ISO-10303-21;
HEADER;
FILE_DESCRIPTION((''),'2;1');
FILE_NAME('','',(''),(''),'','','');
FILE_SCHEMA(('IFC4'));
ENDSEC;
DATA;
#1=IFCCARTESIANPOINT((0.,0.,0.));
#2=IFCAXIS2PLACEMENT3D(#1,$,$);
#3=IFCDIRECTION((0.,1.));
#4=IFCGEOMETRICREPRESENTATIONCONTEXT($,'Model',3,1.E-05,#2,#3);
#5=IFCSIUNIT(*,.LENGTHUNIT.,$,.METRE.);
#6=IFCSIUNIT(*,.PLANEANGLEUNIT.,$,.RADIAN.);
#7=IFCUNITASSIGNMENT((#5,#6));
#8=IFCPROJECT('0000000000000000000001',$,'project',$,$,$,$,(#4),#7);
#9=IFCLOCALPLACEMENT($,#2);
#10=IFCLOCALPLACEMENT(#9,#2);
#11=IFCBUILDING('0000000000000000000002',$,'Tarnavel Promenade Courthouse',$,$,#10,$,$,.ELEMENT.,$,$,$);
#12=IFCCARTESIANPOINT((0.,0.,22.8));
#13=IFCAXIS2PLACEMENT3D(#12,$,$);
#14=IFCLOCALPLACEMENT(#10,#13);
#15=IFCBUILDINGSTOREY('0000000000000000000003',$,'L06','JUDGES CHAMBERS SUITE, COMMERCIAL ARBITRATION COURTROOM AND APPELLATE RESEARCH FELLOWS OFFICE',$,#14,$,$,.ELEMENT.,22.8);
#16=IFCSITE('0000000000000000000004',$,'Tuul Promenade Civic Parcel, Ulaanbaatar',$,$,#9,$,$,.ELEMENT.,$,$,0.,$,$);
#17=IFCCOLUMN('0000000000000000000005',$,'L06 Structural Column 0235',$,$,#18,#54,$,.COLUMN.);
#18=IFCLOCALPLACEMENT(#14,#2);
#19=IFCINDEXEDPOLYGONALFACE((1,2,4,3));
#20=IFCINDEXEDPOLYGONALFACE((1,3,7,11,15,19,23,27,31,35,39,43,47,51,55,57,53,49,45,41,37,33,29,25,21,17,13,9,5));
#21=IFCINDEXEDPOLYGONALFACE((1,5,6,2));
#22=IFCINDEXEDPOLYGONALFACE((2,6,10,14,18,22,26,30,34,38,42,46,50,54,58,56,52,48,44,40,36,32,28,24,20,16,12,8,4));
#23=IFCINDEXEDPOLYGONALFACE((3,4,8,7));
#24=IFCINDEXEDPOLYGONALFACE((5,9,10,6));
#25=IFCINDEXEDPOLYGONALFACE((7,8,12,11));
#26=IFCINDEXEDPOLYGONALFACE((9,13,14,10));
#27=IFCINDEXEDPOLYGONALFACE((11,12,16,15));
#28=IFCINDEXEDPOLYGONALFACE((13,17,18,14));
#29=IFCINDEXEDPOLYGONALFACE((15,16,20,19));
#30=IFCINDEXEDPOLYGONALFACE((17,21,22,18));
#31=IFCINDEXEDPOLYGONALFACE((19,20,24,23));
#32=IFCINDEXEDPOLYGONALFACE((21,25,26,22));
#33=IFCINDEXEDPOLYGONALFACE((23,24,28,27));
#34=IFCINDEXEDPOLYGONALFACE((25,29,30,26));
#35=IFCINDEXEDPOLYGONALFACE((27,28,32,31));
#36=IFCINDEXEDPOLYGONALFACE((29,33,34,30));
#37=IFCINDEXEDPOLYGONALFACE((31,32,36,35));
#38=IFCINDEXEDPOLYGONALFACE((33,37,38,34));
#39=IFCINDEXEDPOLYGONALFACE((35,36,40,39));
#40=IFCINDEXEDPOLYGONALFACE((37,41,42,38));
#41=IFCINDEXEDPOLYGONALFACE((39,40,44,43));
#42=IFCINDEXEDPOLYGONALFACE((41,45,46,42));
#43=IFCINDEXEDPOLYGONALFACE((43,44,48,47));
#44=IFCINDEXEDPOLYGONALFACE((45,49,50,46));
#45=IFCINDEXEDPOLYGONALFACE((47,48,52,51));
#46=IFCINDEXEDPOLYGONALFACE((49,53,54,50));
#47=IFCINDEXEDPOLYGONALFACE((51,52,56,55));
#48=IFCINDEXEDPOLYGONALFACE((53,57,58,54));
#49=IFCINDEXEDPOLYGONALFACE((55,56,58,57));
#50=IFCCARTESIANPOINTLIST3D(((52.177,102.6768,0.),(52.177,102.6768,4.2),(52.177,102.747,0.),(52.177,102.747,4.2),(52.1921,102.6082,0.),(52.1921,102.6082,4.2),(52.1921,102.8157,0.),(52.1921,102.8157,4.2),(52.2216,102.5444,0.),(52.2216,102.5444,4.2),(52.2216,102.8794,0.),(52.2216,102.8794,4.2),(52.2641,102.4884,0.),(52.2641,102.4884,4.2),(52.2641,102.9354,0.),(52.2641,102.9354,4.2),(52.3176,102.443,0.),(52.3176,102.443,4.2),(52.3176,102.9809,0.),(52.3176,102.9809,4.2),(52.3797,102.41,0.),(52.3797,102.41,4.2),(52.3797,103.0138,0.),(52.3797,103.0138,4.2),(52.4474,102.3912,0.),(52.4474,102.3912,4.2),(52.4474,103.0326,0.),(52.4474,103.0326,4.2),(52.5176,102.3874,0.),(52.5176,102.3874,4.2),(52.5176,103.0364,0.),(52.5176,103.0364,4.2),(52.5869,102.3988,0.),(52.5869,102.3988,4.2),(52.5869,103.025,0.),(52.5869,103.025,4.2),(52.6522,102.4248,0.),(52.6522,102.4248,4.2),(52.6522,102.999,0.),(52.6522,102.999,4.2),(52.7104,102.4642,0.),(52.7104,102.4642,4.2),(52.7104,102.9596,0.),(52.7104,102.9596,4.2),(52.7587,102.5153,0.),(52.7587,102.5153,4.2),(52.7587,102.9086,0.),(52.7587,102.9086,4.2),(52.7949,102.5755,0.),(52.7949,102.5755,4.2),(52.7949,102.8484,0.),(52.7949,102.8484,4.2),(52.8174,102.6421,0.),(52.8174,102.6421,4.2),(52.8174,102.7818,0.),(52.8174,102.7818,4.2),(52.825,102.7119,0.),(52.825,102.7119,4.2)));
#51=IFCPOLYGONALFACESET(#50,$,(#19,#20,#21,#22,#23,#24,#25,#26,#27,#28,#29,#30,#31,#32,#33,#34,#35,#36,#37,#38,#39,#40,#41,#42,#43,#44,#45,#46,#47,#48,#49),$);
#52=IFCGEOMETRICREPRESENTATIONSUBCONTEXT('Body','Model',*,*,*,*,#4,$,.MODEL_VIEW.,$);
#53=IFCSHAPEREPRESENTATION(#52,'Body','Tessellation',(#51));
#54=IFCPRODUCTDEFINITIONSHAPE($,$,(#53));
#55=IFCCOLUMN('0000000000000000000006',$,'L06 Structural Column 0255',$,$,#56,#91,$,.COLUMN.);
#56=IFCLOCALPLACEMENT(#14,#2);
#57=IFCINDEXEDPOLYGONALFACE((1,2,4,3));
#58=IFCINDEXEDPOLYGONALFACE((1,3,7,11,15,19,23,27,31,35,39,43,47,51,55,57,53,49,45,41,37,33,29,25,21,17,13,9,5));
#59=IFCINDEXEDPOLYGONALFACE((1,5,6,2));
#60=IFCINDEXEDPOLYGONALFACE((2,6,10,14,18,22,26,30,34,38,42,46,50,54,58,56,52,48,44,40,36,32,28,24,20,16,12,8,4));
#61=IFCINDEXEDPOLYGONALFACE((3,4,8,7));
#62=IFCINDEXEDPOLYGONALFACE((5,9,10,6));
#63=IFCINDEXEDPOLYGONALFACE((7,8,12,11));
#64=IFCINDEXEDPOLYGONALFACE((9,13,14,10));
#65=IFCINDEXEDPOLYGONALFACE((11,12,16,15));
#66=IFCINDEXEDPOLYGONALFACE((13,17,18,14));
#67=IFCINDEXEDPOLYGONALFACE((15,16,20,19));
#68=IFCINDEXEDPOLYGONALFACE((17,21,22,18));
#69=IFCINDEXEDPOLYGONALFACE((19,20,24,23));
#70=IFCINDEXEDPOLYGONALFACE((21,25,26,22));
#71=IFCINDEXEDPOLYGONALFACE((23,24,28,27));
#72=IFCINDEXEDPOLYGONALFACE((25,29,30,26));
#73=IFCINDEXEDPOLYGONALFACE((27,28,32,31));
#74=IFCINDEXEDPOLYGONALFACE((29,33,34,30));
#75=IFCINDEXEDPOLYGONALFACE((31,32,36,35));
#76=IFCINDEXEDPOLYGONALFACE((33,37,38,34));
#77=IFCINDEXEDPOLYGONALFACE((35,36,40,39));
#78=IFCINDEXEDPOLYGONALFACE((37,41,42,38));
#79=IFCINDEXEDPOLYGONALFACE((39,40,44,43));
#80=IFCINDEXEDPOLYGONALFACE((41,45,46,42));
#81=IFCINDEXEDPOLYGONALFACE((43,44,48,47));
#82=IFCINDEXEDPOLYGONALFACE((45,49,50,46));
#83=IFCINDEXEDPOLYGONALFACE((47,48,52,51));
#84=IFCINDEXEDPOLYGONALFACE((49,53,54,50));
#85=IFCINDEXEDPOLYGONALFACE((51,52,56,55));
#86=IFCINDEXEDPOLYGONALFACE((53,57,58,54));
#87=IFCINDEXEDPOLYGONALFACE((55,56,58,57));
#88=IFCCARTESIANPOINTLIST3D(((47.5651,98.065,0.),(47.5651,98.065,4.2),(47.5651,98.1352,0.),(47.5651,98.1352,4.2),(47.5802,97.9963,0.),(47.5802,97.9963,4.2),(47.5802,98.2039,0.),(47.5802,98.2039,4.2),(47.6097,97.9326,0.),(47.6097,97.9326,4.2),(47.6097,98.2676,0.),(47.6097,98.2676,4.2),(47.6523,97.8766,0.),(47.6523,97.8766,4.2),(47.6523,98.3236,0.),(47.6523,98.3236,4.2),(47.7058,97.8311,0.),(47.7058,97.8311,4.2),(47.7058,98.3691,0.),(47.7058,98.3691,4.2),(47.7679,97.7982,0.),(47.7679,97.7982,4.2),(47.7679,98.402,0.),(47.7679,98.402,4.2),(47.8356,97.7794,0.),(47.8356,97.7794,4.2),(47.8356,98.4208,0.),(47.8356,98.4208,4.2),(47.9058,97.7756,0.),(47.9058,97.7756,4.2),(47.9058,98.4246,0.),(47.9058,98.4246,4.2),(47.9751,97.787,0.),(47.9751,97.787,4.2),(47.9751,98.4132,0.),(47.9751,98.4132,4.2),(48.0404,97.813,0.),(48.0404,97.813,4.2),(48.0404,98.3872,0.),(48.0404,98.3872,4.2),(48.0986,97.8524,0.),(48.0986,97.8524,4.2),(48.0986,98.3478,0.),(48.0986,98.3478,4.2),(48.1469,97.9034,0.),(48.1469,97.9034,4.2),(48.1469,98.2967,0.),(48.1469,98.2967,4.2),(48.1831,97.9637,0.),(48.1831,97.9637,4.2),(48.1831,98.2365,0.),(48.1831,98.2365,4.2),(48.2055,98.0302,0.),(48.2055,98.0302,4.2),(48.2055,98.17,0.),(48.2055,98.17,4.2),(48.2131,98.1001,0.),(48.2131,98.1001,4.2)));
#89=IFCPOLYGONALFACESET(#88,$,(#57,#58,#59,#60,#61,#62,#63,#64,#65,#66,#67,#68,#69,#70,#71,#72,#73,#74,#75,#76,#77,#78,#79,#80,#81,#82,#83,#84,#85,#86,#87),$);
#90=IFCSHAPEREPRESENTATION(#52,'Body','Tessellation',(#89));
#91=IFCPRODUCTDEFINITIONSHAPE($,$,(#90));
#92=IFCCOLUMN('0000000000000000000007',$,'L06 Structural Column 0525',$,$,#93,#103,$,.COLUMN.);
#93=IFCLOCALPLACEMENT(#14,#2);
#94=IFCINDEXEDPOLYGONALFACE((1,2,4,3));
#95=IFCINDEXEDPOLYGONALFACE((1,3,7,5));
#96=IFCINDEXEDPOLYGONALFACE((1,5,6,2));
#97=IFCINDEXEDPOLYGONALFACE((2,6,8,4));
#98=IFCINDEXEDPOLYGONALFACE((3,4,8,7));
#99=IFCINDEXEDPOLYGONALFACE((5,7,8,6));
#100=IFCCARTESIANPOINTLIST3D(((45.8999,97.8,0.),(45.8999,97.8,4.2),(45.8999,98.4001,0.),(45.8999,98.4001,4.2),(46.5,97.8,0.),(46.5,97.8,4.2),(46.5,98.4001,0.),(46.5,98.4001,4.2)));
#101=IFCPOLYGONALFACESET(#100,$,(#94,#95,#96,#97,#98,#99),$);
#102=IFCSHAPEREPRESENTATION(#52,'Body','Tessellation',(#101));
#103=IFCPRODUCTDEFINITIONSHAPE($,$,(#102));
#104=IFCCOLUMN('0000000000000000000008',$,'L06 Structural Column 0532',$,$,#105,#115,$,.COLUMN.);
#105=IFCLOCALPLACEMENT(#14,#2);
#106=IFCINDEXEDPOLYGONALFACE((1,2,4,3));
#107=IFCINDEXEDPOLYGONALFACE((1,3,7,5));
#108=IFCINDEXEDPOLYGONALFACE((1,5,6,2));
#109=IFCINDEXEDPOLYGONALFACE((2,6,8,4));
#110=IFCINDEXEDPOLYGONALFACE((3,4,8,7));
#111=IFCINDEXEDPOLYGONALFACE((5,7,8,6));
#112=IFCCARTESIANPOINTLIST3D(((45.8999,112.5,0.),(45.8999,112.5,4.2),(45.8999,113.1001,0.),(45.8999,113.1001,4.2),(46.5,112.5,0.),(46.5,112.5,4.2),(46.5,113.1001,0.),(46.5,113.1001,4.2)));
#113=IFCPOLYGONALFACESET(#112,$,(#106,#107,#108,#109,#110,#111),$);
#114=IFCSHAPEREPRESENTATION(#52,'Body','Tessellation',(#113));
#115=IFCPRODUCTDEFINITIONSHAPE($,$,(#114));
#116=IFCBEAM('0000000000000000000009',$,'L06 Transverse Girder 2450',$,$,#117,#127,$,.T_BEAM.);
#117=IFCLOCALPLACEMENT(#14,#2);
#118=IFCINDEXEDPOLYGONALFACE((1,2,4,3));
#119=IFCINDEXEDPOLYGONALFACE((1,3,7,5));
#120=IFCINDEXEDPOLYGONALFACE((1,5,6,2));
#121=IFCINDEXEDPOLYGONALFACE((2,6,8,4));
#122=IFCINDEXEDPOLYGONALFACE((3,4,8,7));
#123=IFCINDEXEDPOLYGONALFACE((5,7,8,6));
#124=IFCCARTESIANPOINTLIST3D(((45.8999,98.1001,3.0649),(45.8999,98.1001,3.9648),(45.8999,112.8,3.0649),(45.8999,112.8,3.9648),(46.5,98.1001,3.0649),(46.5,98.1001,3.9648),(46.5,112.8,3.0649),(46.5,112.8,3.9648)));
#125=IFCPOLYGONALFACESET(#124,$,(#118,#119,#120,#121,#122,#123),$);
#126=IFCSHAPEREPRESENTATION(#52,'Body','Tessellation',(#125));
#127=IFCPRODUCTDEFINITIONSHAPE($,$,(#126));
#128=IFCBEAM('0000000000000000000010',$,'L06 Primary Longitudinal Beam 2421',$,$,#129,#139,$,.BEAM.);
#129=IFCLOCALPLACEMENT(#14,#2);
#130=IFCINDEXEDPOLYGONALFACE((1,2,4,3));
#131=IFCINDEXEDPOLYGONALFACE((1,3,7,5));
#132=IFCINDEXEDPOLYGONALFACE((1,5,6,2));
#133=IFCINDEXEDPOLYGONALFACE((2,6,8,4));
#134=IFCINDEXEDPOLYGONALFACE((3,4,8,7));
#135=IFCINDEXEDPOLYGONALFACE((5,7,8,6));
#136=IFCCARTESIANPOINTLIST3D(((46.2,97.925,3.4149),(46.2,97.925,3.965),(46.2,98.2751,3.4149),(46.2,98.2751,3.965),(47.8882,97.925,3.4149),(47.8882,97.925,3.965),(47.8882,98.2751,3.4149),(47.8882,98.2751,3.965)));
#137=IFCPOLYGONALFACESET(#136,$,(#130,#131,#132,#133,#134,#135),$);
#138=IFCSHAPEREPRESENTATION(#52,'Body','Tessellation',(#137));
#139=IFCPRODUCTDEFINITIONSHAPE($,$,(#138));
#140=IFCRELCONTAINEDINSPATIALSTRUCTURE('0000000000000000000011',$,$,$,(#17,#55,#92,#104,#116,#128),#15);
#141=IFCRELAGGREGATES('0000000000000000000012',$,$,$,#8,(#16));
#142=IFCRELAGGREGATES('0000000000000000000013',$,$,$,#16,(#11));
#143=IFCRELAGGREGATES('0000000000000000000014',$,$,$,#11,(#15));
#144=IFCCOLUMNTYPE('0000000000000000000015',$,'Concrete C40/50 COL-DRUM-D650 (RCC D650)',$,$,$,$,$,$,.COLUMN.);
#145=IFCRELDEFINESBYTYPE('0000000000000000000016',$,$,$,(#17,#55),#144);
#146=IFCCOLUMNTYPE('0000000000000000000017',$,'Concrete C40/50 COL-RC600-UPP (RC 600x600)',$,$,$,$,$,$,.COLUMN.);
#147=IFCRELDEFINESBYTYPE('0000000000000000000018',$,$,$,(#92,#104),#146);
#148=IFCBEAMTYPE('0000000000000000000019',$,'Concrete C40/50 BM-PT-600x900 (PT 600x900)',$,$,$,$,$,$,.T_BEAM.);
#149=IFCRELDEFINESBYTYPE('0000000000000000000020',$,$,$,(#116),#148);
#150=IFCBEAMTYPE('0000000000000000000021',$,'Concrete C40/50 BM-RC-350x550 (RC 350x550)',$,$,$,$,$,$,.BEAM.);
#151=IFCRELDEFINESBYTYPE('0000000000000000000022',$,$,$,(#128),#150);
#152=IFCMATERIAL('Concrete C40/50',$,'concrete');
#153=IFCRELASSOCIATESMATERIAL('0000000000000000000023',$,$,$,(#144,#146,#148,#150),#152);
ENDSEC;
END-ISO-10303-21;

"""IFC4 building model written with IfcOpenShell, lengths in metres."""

from ifc_helpers import new_model, si_unit, direction, frame, origin, origin_2d, place, context, subcontext, project, spatial, rectangle, circle, extrude, material, material_profile, profile_set, type_object, element, save


model = new_model("IFC4")

# Units and contexts
model_context = context("Model", 3, precision=1e-05, world=origin(), true_north=direction((0.0, 1.0)))
body_context = subcontext(model_context, "Body", "Model", "MODEL_VIEW")
ifc_project = project(units=[si_unit("LENGTHUNIT", "METRE"), si_unit("PLANEANGLEUNIT", "RADIAN")], contexts=[model_context])

# Site, building, storey
site_placement = place(None, origin())
site = spatial("IfcSite", under=ifc_project, at=site_placement, Name="Tuul Promenade Civic Parcel, Ulaanbaatar", CompositionType="ELEMENT", RefElevation=0.0)
building_placement = place(site_placement, origin())
building = spatial("IfcBuilding", under=site, at=building_placement, Name="Tarnavel Promenade Courthouse", CompositionType="ELEMENT")
storey_placement = place(building_placement, frame((0.0, 0.0, 22.8)))
storey = spatial("IfcBuildingStorey", under=building, at=storey_placement, Name="L06", Description="JUDGES CHAMBERS SUITE, COMMERCIAL ARBITRATION COURTROOM AND APPELLATE RESEARCH FELLOWS OFFICE", CompositionType="ELEMENT", Elevation=22.8)

# Columns
ifc_material_1 = material(Name="Concrete C40/50", Category="concrete")
ifc_material_profile_1 = material_profile(ifc_material_1, circle(Radius=0.325, at=origin_2d()), Name="RCC D650")
ifc_profile_set_1 = profile_set([ifc_material_profile_1], Name="Concrete C40/50")
column_type_1 = type_object("IfcColumnType", Name="Concrete C40/50 COL-DRUM-D650 (RCC D650)", PredefinedType="COLUMN", material=ifc_profile_set_1)
for number, where, z_axis, x_axis, name in (
    (1, (52.5, 102.7119, 0.0), (0.0, 0.0, 1.0), (1.0, 0.0, 0.0), "L06 Structural Column 0235"),
    (2, (47.8882, 98.1001, 0.0), (0.0, 0.0, 1.0), (1.0, 0.0, 0.0), "L06 Structural Column 0255"),
):
    element("IfcColumn", number, at=place(storey_placement, frame(where, z_axis=z_axis, x_axis=x_axis)), inside=storey, type_object=column_type_1, Name=name, PredefinedType="COLUMN", context=body_context, shape_type="SweptSolid", body=[
        extrude(circle(Radius=0.325, at=origin_2d()), origin(), (0.0, 0.0, 1.0), 4.2),
    ])
ifc_material_profile_2 = material_profile(ifc_material_1, rectangle(XDim=0.6001, YDim=0.6001, at=origin_2d()), Name="RC 600x600")
ifc_profile_set_2 = profile_set([ifc_material_profile_2], Name="Concrete C40/50")
column_type_2 = type_object("IfcColumnType", Name="Concrete C40/50 COL-RC600-UPP (RC 600x600)", PredefinedType="COLUMN", material=ifc_profile_set_2)
for number, where, z_axis, x_axis, name in (
    (3, (46.2, 98.1001, 0.0), (0.0, 0.0, 1.0), (1.0, 0.0, 0.0), "L06 Structural Column 0525"),
    (4, (46.2, 112.8, 0.0), (0.0, 0.0, 1.0), (1.0, 0.0, 0.0), "L06 Structural Column 0532"),
):
    element("IfcColumn", number, at=place(storey_placement, frame(where, z_axis=z_axis, x_axis=x_axis)), inside=storey, type_object=column_type_2, Name=name, PredefinedType="COLUMN", context=body_context, shape_type="SweptSolid", body=[
        extrude(rectangle(XDim=0.6001, YDim=0.6001, at=origin_2d()), origin(), (0.0, 0.0, 1.0), 4.2),
    ])

# Beams
ifc_material_profile_3 = material_profile(ifc_material_1, rectangle(XDim=0.6001, YDim=0.8999, at=origin_2d()), Name="PT 600x900")
ifc_profile_set_3 = profile_set([ifc_material_profile_3], Name="Concrete C40/50")
beam_type_1 = type_object("IfcBeamType", Name="Concrete C40/50 BM-PT-600x900 (PT 600x900)", PredefinedType="T_BEAM", material=ifc_profile_set_3)
beam_1_placement = place(storey_placement, frame((46.2, 98.1001, 3.5149), z_axis=(0.0, 1.0, 0.0), x_axis=(-1.0, 0.0, 0.0)))
element("IfcBeam", 5, at=beam_1_placement, inside=storey, type_object=beam_type_1, Name="L06 Transverse Girder 2450", PredefinedType="T_BEAM", context=body_context, shape_type="SweptSolid", body=[
    extrude(rectangle(XDim=0.6001, YDim=0.8999, at=origin_2d()), origin(), (0.0, 0.0, 1.0), 14.7),
])
ifc_material_profile_4 = material_profile(ifc_material_1, rectangle(XDim=0.3501, YDim=0.55, at=origin_2d()), Name="RC 350x550")
ifc_profile_set_4 = profile_set([ifc_material_profile_4], Name="Concrete C40/50")
beam_type_2 = type_object("IfcBeamType", Name="Concrete C40/50 BM-RC-350x550 (RC 350x550)", PredefinedType="BEAM", material=ifc_profile_set_4)
beam_2_placement = place(storey_placement, frame((46.2, 98.1001, 3.6899), z_axis=(1.0, 0.0, 0.0), x_axis=(0.0, 1.0, 0.0)))
element("IfcBeam", 6, at=beam_2_placement, inside=storey, type_object=beam_type_2, Name="L06 Primary Longitudinal Beam 2421", PredefinedType="BEAM", context=body_context, shape_type="SweptSolid", body=[
    extrude(rectangle(XDim=0.3501, YDim=0.55, at=origin_2d()), origin(), (0.0, 0.0, 1.0), 1.6882),
])

save(model, "model.ifc")
